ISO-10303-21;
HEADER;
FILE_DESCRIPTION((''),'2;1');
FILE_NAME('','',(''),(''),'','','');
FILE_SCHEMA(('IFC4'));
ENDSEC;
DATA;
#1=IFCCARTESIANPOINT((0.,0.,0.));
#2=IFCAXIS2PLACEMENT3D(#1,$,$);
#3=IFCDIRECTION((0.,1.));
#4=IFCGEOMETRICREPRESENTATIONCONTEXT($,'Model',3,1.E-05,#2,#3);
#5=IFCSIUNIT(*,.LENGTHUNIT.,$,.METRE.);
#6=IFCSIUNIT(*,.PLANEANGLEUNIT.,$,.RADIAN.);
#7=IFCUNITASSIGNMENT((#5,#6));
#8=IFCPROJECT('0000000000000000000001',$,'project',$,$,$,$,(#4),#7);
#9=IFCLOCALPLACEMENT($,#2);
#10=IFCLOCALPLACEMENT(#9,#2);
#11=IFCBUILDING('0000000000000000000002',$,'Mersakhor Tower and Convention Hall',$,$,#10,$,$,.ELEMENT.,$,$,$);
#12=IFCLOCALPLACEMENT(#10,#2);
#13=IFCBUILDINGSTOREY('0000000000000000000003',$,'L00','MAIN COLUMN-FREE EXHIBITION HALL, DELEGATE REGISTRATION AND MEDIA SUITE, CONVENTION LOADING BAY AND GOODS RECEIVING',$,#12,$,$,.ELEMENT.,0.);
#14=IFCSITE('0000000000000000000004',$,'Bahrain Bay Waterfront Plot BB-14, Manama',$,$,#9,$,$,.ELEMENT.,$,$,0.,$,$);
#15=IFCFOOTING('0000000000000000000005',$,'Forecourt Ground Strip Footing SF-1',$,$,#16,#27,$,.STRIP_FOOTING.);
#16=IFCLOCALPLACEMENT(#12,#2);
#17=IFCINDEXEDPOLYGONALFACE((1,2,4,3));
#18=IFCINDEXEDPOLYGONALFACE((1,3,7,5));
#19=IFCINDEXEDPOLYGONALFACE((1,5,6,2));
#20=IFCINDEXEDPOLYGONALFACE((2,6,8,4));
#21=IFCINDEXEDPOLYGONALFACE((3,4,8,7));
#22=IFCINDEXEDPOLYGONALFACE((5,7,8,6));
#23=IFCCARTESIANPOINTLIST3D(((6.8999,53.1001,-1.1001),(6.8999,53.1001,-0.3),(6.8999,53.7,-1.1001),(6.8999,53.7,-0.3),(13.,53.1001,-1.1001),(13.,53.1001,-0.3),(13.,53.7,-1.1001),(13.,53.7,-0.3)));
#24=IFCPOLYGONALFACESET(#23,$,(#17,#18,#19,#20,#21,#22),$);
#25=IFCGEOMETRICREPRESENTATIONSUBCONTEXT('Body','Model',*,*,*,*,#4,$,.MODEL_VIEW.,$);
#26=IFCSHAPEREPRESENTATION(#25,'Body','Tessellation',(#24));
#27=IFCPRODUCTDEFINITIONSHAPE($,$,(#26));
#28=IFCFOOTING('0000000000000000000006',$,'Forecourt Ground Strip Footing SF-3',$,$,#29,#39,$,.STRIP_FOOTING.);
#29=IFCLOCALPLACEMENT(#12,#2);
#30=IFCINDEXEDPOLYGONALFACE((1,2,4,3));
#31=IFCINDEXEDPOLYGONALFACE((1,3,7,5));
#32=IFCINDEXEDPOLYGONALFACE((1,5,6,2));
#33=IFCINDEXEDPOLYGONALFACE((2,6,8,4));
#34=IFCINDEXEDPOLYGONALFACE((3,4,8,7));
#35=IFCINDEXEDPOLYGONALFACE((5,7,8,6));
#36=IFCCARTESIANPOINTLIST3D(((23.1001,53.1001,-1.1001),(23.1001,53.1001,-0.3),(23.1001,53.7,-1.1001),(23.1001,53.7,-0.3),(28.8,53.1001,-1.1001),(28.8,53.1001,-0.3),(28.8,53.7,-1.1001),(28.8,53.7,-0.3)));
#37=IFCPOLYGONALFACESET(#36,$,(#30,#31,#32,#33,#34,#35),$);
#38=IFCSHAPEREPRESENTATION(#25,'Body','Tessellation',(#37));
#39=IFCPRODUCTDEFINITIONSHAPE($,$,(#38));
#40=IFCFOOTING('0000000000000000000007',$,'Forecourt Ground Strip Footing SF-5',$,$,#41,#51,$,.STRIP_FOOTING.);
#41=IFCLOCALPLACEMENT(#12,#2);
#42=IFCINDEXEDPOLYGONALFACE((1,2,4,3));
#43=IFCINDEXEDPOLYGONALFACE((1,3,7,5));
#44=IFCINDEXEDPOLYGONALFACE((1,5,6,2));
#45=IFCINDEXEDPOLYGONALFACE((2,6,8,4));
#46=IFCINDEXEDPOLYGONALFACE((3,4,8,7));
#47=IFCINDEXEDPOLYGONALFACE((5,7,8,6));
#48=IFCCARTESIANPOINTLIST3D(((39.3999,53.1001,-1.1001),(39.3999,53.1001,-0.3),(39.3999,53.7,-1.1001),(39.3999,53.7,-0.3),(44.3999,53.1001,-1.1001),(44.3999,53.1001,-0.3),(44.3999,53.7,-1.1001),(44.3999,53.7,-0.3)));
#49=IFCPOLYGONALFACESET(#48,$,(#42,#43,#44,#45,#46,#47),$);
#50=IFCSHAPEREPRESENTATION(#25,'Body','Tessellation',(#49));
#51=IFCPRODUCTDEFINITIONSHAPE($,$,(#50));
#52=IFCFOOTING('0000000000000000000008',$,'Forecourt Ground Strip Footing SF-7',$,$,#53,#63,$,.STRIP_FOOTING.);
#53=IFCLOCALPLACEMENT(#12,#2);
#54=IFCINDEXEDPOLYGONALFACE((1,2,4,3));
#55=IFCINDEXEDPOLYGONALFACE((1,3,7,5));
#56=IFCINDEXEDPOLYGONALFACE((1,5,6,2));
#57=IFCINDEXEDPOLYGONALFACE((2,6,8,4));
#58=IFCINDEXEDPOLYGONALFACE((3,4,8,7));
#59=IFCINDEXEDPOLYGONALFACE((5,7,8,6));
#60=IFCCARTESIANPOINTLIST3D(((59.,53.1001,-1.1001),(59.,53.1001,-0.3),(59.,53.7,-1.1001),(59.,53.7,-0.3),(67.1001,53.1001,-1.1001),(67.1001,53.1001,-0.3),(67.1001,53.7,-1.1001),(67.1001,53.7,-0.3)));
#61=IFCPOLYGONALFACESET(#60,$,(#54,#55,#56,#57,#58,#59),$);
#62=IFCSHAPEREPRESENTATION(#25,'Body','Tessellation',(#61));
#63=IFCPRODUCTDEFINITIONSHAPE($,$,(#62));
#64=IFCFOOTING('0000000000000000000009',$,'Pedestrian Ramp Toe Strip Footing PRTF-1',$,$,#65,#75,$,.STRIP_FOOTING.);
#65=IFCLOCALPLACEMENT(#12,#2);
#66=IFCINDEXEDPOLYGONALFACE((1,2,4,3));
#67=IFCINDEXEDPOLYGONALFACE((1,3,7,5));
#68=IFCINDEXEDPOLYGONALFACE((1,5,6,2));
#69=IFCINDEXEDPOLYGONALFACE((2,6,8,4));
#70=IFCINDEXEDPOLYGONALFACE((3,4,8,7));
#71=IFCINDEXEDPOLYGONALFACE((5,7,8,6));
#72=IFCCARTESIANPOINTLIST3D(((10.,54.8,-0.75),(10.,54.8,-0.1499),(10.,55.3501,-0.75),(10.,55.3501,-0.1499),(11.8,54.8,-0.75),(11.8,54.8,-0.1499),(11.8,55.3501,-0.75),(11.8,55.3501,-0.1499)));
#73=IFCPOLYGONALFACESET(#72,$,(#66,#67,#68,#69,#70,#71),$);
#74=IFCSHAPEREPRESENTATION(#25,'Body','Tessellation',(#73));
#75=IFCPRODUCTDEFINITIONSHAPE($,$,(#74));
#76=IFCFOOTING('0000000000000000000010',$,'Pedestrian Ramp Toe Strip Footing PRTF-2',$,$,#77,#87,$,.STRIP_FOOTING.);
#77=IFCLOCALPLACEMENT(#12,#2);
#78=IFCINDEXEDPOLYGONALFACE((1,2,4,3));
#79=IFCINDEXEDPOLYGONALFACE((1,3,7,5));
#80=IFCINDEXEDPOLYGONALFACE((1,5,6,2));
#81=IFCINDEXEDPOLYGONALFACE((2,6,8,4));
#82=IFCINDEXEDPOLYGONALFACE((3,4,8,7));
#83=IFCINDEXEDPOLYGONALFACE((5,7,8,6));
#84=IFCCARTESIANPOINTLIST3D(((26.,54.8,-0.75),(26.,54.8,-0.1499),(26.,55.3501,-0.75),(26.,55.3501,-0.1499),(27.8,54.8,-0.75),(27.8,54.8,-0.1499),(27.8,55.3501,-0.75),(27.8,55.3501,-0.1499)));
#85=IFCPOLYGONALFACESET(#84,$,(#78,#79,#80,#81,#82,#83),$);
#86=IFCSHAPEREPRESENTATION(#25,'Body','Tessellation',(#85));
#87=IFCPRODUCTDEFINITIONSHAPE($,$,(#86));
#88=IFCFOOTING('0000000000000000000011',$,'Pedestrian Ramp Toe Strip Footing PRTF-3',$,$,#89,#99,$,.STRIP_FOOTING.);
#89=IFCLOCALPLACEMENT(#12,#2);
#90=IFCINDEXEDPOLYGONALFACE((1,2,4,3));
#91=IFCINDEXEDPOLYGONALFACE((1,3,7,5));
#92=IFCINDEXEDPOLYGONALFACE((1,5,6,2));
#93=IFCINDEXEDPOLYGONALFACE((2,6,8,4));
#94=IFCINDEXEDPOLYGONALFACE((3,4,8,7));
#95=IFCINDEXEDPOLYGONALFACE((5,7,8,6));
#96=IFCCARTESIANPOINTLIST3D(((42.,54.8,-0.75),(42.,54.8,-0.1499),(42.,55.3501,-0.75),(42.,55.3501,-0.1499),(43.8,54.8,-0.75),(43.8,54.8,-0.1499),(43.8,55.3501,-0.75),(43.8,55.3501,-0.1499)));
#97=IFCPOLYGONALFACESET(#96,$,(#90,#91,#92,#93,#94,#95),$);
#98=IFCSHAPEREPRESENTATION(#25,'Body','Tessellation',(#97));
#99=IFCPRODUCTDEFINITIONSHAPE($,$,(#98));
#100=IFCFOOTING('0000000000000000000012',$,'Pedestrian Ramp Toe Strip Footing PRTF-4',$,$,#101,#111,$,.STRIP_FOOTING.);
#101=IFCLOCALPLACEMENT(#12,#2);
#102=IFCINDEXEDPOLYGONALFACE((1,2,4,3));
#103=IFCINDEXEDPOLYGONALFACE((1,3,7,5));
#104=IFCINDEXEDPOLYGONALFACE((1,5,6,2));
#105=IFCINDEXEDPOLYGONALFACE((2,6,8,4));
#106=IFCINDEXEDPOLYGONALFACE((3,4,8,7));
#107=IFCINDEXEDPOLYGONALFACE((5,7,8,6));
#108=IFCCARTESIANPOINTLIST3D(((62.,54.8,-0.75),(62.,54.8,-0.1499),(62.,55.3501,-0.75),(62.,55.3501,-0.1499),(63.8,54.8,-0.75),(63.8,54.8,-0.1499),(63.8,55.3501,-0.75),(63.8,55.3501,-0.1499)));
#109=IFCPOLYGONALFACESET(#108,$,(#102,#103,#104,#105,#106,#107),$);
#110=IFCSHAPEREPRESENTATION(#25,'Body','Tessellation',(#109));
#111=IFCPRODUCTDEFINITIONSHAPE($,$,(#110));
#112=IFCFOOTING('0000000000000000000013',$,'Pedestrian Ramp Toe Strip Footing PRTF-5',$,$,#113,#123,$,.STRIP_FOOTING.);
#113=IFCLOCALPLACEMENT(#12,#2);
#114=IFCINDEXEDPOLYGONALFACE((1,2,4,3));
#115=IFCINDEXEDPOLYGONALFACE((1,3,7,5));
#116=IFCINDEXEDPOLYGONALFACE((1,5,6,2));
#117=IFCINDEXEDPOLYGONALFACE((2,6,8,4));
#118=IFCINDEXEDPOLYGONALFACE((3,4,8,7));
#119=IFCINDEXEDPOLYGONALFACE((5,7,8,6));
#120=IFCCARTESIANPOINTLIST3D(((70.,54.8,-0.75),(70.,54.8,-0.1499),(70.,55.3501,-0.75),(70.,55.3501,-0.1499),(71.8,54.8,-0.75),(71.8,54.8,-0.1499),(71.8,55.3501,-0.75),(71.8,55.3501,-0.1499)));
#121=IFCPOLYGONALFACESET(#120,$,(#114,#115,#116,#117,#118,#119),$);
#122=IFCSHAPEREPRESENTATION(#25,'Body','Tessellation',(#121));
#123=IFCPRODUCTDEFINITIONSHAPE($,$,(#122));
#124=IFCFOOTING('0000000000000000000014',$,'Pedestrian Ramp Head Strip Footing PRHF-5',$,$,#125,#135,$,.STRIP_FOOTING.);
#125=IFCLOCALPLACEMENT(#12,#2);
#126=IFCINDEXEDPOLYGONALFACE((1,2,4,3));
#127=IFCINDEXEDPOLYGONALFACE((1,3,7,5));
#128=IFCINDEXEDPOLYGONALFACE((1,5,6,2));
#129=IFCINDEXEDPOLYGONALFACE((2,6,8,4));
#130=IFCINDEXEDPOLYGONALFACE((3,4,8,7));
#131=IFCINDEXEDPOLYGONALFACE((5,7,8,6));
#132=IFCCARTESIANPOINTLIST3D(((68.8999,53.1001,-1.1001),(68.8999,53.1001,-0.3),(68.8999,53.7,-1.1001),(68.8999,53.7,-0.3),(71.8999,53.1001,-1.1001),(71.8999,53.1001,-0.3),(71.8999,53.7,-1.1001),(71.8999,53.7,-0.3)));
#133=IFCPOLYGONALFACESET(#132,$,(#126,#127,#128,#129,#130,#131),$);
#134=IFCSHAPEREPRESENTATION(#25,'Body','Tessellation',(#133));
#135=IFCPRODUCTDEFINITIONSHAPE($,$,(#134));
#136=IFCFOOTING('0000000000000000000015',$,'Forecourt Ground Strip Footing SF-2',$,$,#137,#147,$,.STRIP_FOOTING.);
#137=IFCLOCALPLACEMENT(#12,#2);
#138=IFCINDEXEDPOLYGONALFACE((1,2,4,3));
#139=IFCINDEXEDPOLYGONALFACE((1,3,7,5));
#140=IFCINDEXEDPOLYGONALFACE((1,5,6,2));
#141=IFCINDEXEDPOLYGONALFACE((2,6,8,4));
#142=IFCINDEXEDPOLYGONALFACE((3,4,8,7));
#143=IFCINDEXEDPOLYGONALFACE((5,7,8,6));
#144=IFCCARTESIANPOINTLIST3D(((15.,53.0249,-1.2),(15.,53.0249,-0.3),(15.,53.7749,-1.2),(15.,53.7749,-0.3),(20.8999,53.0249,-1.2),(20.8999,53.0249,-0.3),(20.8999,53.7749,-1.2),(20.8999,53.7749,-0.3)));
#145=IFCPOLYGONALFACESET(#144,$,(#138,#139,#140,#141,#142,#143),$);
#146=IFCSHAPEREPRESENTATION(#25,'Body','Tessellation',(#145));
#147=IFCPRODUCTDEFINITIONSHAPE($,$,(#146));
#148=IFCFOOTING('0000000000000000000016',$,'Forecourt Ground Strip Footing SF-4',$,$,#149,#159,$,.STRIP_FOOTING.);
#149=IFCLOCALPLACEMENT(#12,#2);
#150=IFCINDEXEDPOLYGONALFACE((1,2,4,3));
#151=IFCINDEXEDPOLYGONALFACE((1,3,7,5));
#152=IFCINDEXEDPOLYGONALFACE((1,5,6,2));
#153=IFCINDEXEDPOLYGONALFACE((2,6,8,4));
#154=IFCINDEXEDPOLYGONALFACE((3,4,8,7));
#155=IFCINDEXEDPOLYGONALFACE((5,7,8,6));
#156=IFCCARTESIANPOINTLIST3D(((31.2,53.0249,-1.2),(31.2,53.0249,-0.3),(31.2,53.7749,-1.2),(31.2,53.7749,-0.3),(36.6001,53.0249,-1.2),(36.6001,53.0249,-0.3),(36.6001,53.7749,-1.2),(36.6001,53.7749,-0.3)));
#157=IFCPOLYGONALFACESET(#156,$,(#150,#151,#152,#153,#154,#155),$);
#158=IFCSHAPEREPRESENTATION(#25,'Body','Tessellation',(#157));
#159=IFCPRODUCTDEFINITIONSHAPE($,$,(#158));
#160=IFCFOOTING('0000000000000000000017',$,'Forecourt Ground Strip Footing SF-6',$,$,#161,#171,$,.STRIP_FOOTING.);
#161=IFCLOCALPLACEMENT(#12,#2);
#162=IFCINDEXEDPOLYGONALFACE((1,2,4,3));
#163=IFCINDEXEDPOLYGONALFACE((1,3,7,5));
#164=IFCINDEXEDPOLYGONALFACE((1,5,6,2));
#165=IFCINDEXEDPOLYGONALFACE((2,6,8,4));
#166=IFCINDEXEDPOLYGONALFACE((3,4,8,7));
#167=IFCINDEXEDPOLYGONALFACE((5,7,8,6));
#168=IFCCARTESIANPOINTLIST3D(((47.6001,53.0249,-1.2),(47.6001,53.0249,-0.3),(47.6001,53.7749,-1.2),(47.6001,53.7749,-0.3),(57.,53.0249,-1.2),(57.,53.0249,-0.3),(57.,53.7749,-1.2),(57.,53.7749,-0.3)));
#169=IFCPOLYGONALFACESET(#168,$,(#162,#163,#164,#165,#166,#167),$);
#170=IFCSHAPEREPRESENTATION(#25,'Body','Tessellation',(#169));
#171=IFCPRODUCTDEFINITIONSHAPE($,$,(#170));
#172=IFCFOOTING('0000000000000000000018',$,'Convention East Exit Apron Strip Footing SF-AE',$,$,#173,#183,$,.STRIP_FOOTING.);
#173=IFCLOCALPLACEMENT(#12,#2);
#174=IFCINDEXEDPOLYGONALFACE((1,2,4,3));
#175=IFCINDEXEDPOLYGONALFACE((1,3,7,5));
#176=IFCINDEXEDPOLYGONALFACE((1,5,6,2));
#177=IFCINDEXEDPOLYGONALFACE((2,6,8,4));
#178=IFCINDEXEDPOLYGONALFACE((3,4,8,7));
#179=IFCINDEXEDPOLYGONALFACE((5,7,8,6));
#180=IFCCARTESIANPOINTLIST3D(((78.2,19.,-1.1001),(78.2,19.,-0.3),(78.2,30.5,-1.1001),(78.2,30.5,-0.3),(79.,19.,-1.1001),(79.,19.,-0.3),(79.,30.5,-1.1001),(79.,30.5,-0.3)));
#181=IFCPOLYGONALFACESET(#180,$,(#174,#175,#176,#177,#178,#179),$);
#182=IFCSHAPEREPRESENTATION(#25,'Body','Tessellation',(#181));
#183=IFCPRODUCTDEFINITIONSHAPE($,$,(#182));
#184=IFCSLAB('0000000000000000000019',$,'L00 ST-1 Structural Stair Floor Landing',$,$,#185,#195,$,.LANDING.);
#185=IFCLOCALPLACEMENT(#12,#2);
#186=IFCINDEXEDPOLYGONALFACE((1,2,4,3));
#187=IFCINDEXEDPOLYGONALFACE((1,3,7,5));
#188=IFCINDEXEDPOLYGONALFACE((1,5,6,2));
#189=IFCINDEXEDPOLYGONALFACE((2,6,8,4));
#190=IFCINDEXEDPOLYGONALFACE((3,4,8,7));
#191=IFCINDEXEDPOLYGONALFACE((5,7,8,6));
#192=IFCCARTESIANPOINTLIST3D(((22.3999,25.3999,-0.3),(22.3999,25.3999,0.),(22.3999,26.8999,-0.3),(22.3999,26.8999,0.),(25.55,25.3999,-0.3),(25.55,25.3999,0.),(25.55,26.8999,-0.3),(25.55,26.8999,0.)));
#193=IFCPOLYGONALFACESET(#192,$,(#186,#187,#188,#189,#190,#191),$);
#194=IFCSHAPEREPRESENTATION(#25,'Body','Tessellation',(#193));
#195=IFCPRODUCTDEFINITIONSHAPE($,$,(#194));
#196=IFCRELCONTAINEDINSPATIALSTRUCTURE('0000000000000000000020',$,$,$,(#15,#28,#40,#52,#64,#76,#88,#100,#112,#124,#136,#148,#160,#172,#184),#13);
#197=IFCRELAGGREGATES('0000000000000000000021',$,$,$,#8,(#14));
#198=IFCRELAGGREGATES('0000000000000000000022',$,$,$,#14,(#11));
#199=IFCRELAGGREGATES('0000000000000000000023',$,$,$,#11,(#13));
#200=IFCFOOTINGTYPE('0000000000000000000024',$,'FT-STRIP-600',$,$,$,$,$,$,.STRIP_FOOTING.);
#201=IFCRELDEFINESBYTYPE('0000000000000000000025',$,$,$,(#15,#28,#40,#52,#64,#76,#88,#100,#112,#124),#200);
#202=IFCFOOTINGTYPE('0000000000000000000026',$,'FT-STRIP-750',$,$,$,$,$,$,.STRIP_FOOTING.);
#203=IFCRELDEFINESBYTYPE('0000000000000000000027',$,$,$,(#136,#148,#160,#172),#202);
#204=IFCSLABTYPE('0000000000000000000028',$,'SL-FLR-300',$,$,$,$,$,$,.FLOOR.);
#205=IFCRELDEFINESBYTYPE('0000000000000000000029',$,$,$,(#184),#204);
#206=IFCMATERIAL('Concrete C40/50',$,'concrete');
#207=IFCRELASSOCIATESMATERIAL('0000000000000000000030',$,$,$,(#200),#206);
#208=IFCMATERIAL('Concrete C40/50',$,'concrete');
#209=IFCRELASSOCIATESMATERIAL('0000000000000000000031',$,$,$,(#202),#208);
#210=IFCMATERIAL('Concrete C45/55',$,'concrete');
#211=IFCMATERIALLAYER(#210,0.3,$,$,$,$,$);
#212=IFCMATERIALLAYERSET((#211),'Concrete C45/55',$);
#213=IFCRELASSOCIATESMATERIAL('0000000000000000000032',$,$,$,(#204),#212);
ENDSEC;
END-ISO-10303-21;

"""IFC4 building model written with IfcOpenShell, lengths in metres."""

from ifc_helpers import new_model, si_unit, direction, frame, origin, place, context, subcontext, project, spatial, polyline, outline, extrude, material, layer, layer_set, type_object, element, save


model = new_model("IFC4")

# Units and contexts
model_context = context("Model", 3, precision=1e-05, world=origin(), true_north=direction((0.0, 1.0)))
body_context = subcontext(model_context, "Body", "Model", "MODEL_VIEW")
ifc_project = project(units=[si_unit("LENGTHUNIT", "METRE"), si_unit("PLANEANGLEUNIT", "RADIAN")], contexts=[model_context])

# Site, building, storey
site_placement = place(None, origin())
site = spatial("IfcSite", under=ifc_project, at=site_placement, Name="Bahrain Bay Waterfront Plot BB-14, Manama", CompositionType="ELEMENT", RefElevation=0.0)
building_placement = place(site_placement, origin())
building = spatial("IfcBuilding", under=site, at=building_placement, Name="Mersakhor Tower and Convention Hall", CompositionType="ELEMENT")
storey_placement = place(building_placement, origin())
storey = spatial("IfcBuildingStorey", under=building, at=storey_placement, Name="L00", Description="MAIN COLUMN-FREE EXHIBITION HALL, DELEGATE REGISTRATION AND MEDIA SUITE, CONVENTION LOADING BAY AND GOODS RECEIVING", CompositionType="ELEMENT", Elevation=0.0)

# Footings
ifc_material_1 = material(Name="Concrete C40/50", Category="concrete")
footing_type_1 = type_object("IfcFootingType", Name="FT-STRIP-600", PredefinedType="STRIP_FOOTING", material=ifc_material_1)
footing_1_placement = place(storey_placement, frame((0.0, 0.0, -1.1001)))
element("IfcFooting", 1, at=footing_1_placement, inside=storey, type_object=footing_type_1, Name="Forecourt Ground Strip Footing SF-1", PredefinedType="STRIP_FOOTING", context=body_context, shape_type="SweptSolid", body=[
    extrude(outline(polyline([(6.8999, 53.1001), (6.8999, 53.7), (13.0, 53.7), (13.0, 53.1001), (6.8999, 53.1001)])), origin(), (0.0, 0.0, 1.0), 0.8),
])
footing_2_placement = place(storey_placement, frame((0.0, 0.0, -1.1001)))
element("IfcFooting", 2, at=footing_2_placement, inside=storey, type_object=footing_type_1, Name="Forecourt Ground Strip Footing SF-3", PredefinedType="STRIP_FOOTING", context=body_context, shape_type="SweptSolid", body=[
    extrude(outline(polyline([(23.1001, 53.1001), (23.1001, 53.7), (28.8, 53.7), (28.8, 53.1001), (23.1001, 53.1001)])), origin(), (0.0, 0.0, 1.0), 0.8),
])
footing_3_placement = place(storey_placement, frame((0.0, 0.0, -1.1001)))
element("IfcFooting", 3, at=footing_3_placement, inside=storey, type_object=footing_type_1, Name="Forecourt Ground Strip Footing SF-5", PredefinedType="STRIP_FOOTING", context=body_context, shape_type="SweptSolid", body=[
    extrude(outline(polyline([(39.3999, 53.1001), (39.3999, 53.7), (44.3999, 53.7), (44.3999, 53.1001), (39.3999, 53.1001)])), origin(), (0.0, 0.0, 1.0), 0.8),
])
footing_4_placement = place(storey_placement, frame((0.0, 0.0, -1.1001)))
element("IfcFooting", 4, at=footing_4_placement, inside=storey, type_object=footing_type_1, Name="Forecourt Ground Strip Footing SF-7", PredefinedType="STRIP_FOOTING", context=body_context, shape_type="SweptSolid", body=[
    extrude(outline(polyline([(59.0, 53.1001), (59.0, 53.7), (67.1001, 53.7), (67.1001, 53.1001), (59.0, 53.1001)])), origin(), (0.0, 0.0, 1.0), 0.8),
])
footing_5_placement = place(storey_placement, frame((0.0, 0.0, -0.75)))
element("IfcFooting", 5, at=footing_5_placement, inside=storey, type_object=footing_type_1, Name="Pedestrian Ramp Toe Strip Footing PRTF-1", PredefinedType="STRIP_FOOTING", context=body_context, shape_type="SweptSolid", body=[
    extrude(outline(polyline([(10.0, 54.8), (10.0, 55.3501), (11.8, 55.3501), (11.8, 54.8), (10.0, 54.8)])), origin(), (0.0, 0.0, 1.0), 0.6001),
])
footing_6_placement = place(storey_placement, frame((0.0, 0.0, -0.75)))
element("IfcFooting", 6, at=footing_6_placement, inside=storey, type_object=footing_type_1, Name="Pedestrian Ramp Toe Strip Footing PRTF-2", PredefinedType="STRIP_FOOTING", context=body_context, shape_type="SweptSolid", body=[
    extrude(outline(polyline([(26.0, 54.8), (26.0, 55.3501), (27.8, 55.3501), (27.8, 54.8), (26.0, 54.8)])), origin(), (0.0, 0.0, 1.0), 0.6001),
])
footing_7_placement = place(storey_placement, frame((0.0, 0.0, -0.75)))
element("IfcFooting", 7, at=footing_7_placement, inside=storey, type_object=footing_type_1, Name="Pedestrian Ramp Toe Strip Footing PRTF-3", PredefinedType="STRIP_FOOTING", context=body_context, shape_type="SweptSolid", body=[
    extrude(outline(polyline([(42.0, 54.8), (42.0, 55.3501), (43.8, 55.3501), (43.8, 54.8), (42.0, 54.8)])), origin(), (0.0, 0.0, 1.0), 0.6001),
])
footing_8_placement = place(storey_placement, frame((0.0, 0.0, -0.75)))
element("IfcFooting", 8, at=footing_8_placement, inside=storey, type_object=footing_type_1, Name="Pedestrian Ramp Toe Strip Footing PRTF-4", PredefinedType="STRIP_FOOTING", context=body_context, shape_type="SweptSolid", body=[
    extrude(outline(polyline([(62.0, 54.8), (62.0, 55.3501), (63.8, 55.3501), (63.8, 54.8), (62.0, 54.8)])), origin(), (0.0, 0.0, 1.0), 0.6001),
])
footing_9_placement = place(storey_placement, frame((0.0, 0.0, -0.75)))
element("IfcFooting", 9, at=footing_9_placement, inside=storey, type_object=footing_type_1, Name="Pedestrian Ramp Toe Strip Footing PRTF-5", PredefinedType="STRIP_FOOTING", context=body_context, shape_type="SweptSolid", body=[
    extrude(outline(polyline([(70.0, 54.8), (70.0, 55.3501), (71.8, 55.3501), (71.8, 54.8), (70.0, 54.8)])), origin(), (0.0, 0.0, 1.0), 0.6001),
])
footing_10_placement = place(storey_placement, frame((0.0, 0.0, -1.1001)))
element("IfcFooting", 10, at=footing_10_placement, inside=storey, type_object=footing_type_1, Name="Pedestrian Ramp Head Strip Footing PRHF-5", PredefinedType="STRIP_FOOTING", context=body_context, shape_type="SweptSolid", body=[
    extrude(outline(polyline([(68.8999, 53.1001), (68.8999, 53.7), (71.8999, 53.7), (71.8999, 53.1001), (68.8999, 53.1001)])), origin(), (0.0, 0.0, 1.0), 0.8),
])
ifc_material_2 = material(Name="Concrete C40/50", Category="concrete")
footing_type_2 = type_object("IfcFootingType", Name="FT-STRIP-750", PredefinedType="STRIP_FOOTING", material=ifc_material_2)
footing_11_placement = place(storey_placement, frame((0.0, 0.0, -1.2)))
element("IfcFooting", 11, at=footing_11_placement, inside=storey, type_object=footing_type_2, Name="Forecourt Ground Strip Footing SF-2", PredefinedType="STRIP_FOOTING", context=body_context, shape_type="SweptSolid", body=[
    extrude(outline(polyline([(15.0, 53.0249), (15.0, 53.7749), (20.8999, 53.7749), (20.8999, 53.0249), (15.0, 53.0249)])), origin(), (0.0, 0.0, 1.0), 0.8999),
])
footing_12_placement = place(storey_placement, frame((0.0, 0.0, -1.2)))
element("IfcFooting", 12, at=footing_12_placement, inside=storey, type_object=footing_type_2, Name="Forecourt Ground Strip Footing SF-4", PredefinedType="STRIP_FOOTING", context=body_context, shape_type="SweptSolid", body=[
    extrude(outline(polyline([(31.2, 53.0249), (31.2, 53.7749), (36.6001, 53.7749), (36.6001, 53.0249), (31.2, 53.0249)])), origin(), (0.0, 0.0, 1.0), 0.8999),
])
footing_13_placement = place(storey_placement, frame((0.0, 0.0, -1.2)))
element("IfcFooting", 13, at=footing_13_placement, inside=storey, type_object=footing_type_2, Name="Forecourt Ground Strip Footing SF-6", PredefinedType="STRIP_FOOTING", context=body_context, shape_type="SweptSolid", body=[
    extrude(outline(polyline([(47.6001, 53.0249), (47.6001, 53.7749), (57.0, 53.7749), (57.0, 53.0249), (47.6001, 53.0249)])), origin(), (0.0, 0.0, 1.0), 0.8999),
])
footing_14_placement = place(storey_placement, frame((0.0, 0.0, -1.1001)))
element("IfcFooting", 14, at=footing_14_placement, inside=storey, type_object=footing_type_2, Name="Convention East Exit Apron Strip Footing SF-AE", PredefinedType="STRIP_FOOTING", context=body_context, shape_type="SweptSolid", body=[
    extrude(outline(polyline([(78.2, 19.0), (78.2, 30.5), (79.0, 30.5), (79.0, 19.0), (78.2, 19.0)])), origin(), (0.0, 0.0, 1.0), 0.8),
])

# Slab
ifc_material_3 = material(Name="Concrete C45/55", Category="concrete")
ifc_layer = layer(ifc_material_3, 0.3)
ifc_layer_set = layer_set([ifc_layer], Name="Concrete C45/55")
slab_type = type_object("IfcSlabType", Name="SL-FLR-300", PredefinedType="FLOOR", material=ifc_layer_set)
slab_1_placement = place(storey_placement, frame((0.0, 0.0, -0.3)))
element("IfcSlab", 15, at=slab_1_placement, inside=storey, type_object=slab_type, Name="L00 ST-1 Structural Stair Floor Landing", PredefinedType="LANDING", context=body_context, shape_type="SweptSolid", body=[
    extrude(outline(polyline([(25.55, 25.3999), (25.55, 26.8999), (22.3999, 26.8999), (22.3999, 25.3999), (25.55, 25.3999)])), origin(), (0.0, 0.0, 1.0), 0.3),
])

save(model, "model.ifc")
